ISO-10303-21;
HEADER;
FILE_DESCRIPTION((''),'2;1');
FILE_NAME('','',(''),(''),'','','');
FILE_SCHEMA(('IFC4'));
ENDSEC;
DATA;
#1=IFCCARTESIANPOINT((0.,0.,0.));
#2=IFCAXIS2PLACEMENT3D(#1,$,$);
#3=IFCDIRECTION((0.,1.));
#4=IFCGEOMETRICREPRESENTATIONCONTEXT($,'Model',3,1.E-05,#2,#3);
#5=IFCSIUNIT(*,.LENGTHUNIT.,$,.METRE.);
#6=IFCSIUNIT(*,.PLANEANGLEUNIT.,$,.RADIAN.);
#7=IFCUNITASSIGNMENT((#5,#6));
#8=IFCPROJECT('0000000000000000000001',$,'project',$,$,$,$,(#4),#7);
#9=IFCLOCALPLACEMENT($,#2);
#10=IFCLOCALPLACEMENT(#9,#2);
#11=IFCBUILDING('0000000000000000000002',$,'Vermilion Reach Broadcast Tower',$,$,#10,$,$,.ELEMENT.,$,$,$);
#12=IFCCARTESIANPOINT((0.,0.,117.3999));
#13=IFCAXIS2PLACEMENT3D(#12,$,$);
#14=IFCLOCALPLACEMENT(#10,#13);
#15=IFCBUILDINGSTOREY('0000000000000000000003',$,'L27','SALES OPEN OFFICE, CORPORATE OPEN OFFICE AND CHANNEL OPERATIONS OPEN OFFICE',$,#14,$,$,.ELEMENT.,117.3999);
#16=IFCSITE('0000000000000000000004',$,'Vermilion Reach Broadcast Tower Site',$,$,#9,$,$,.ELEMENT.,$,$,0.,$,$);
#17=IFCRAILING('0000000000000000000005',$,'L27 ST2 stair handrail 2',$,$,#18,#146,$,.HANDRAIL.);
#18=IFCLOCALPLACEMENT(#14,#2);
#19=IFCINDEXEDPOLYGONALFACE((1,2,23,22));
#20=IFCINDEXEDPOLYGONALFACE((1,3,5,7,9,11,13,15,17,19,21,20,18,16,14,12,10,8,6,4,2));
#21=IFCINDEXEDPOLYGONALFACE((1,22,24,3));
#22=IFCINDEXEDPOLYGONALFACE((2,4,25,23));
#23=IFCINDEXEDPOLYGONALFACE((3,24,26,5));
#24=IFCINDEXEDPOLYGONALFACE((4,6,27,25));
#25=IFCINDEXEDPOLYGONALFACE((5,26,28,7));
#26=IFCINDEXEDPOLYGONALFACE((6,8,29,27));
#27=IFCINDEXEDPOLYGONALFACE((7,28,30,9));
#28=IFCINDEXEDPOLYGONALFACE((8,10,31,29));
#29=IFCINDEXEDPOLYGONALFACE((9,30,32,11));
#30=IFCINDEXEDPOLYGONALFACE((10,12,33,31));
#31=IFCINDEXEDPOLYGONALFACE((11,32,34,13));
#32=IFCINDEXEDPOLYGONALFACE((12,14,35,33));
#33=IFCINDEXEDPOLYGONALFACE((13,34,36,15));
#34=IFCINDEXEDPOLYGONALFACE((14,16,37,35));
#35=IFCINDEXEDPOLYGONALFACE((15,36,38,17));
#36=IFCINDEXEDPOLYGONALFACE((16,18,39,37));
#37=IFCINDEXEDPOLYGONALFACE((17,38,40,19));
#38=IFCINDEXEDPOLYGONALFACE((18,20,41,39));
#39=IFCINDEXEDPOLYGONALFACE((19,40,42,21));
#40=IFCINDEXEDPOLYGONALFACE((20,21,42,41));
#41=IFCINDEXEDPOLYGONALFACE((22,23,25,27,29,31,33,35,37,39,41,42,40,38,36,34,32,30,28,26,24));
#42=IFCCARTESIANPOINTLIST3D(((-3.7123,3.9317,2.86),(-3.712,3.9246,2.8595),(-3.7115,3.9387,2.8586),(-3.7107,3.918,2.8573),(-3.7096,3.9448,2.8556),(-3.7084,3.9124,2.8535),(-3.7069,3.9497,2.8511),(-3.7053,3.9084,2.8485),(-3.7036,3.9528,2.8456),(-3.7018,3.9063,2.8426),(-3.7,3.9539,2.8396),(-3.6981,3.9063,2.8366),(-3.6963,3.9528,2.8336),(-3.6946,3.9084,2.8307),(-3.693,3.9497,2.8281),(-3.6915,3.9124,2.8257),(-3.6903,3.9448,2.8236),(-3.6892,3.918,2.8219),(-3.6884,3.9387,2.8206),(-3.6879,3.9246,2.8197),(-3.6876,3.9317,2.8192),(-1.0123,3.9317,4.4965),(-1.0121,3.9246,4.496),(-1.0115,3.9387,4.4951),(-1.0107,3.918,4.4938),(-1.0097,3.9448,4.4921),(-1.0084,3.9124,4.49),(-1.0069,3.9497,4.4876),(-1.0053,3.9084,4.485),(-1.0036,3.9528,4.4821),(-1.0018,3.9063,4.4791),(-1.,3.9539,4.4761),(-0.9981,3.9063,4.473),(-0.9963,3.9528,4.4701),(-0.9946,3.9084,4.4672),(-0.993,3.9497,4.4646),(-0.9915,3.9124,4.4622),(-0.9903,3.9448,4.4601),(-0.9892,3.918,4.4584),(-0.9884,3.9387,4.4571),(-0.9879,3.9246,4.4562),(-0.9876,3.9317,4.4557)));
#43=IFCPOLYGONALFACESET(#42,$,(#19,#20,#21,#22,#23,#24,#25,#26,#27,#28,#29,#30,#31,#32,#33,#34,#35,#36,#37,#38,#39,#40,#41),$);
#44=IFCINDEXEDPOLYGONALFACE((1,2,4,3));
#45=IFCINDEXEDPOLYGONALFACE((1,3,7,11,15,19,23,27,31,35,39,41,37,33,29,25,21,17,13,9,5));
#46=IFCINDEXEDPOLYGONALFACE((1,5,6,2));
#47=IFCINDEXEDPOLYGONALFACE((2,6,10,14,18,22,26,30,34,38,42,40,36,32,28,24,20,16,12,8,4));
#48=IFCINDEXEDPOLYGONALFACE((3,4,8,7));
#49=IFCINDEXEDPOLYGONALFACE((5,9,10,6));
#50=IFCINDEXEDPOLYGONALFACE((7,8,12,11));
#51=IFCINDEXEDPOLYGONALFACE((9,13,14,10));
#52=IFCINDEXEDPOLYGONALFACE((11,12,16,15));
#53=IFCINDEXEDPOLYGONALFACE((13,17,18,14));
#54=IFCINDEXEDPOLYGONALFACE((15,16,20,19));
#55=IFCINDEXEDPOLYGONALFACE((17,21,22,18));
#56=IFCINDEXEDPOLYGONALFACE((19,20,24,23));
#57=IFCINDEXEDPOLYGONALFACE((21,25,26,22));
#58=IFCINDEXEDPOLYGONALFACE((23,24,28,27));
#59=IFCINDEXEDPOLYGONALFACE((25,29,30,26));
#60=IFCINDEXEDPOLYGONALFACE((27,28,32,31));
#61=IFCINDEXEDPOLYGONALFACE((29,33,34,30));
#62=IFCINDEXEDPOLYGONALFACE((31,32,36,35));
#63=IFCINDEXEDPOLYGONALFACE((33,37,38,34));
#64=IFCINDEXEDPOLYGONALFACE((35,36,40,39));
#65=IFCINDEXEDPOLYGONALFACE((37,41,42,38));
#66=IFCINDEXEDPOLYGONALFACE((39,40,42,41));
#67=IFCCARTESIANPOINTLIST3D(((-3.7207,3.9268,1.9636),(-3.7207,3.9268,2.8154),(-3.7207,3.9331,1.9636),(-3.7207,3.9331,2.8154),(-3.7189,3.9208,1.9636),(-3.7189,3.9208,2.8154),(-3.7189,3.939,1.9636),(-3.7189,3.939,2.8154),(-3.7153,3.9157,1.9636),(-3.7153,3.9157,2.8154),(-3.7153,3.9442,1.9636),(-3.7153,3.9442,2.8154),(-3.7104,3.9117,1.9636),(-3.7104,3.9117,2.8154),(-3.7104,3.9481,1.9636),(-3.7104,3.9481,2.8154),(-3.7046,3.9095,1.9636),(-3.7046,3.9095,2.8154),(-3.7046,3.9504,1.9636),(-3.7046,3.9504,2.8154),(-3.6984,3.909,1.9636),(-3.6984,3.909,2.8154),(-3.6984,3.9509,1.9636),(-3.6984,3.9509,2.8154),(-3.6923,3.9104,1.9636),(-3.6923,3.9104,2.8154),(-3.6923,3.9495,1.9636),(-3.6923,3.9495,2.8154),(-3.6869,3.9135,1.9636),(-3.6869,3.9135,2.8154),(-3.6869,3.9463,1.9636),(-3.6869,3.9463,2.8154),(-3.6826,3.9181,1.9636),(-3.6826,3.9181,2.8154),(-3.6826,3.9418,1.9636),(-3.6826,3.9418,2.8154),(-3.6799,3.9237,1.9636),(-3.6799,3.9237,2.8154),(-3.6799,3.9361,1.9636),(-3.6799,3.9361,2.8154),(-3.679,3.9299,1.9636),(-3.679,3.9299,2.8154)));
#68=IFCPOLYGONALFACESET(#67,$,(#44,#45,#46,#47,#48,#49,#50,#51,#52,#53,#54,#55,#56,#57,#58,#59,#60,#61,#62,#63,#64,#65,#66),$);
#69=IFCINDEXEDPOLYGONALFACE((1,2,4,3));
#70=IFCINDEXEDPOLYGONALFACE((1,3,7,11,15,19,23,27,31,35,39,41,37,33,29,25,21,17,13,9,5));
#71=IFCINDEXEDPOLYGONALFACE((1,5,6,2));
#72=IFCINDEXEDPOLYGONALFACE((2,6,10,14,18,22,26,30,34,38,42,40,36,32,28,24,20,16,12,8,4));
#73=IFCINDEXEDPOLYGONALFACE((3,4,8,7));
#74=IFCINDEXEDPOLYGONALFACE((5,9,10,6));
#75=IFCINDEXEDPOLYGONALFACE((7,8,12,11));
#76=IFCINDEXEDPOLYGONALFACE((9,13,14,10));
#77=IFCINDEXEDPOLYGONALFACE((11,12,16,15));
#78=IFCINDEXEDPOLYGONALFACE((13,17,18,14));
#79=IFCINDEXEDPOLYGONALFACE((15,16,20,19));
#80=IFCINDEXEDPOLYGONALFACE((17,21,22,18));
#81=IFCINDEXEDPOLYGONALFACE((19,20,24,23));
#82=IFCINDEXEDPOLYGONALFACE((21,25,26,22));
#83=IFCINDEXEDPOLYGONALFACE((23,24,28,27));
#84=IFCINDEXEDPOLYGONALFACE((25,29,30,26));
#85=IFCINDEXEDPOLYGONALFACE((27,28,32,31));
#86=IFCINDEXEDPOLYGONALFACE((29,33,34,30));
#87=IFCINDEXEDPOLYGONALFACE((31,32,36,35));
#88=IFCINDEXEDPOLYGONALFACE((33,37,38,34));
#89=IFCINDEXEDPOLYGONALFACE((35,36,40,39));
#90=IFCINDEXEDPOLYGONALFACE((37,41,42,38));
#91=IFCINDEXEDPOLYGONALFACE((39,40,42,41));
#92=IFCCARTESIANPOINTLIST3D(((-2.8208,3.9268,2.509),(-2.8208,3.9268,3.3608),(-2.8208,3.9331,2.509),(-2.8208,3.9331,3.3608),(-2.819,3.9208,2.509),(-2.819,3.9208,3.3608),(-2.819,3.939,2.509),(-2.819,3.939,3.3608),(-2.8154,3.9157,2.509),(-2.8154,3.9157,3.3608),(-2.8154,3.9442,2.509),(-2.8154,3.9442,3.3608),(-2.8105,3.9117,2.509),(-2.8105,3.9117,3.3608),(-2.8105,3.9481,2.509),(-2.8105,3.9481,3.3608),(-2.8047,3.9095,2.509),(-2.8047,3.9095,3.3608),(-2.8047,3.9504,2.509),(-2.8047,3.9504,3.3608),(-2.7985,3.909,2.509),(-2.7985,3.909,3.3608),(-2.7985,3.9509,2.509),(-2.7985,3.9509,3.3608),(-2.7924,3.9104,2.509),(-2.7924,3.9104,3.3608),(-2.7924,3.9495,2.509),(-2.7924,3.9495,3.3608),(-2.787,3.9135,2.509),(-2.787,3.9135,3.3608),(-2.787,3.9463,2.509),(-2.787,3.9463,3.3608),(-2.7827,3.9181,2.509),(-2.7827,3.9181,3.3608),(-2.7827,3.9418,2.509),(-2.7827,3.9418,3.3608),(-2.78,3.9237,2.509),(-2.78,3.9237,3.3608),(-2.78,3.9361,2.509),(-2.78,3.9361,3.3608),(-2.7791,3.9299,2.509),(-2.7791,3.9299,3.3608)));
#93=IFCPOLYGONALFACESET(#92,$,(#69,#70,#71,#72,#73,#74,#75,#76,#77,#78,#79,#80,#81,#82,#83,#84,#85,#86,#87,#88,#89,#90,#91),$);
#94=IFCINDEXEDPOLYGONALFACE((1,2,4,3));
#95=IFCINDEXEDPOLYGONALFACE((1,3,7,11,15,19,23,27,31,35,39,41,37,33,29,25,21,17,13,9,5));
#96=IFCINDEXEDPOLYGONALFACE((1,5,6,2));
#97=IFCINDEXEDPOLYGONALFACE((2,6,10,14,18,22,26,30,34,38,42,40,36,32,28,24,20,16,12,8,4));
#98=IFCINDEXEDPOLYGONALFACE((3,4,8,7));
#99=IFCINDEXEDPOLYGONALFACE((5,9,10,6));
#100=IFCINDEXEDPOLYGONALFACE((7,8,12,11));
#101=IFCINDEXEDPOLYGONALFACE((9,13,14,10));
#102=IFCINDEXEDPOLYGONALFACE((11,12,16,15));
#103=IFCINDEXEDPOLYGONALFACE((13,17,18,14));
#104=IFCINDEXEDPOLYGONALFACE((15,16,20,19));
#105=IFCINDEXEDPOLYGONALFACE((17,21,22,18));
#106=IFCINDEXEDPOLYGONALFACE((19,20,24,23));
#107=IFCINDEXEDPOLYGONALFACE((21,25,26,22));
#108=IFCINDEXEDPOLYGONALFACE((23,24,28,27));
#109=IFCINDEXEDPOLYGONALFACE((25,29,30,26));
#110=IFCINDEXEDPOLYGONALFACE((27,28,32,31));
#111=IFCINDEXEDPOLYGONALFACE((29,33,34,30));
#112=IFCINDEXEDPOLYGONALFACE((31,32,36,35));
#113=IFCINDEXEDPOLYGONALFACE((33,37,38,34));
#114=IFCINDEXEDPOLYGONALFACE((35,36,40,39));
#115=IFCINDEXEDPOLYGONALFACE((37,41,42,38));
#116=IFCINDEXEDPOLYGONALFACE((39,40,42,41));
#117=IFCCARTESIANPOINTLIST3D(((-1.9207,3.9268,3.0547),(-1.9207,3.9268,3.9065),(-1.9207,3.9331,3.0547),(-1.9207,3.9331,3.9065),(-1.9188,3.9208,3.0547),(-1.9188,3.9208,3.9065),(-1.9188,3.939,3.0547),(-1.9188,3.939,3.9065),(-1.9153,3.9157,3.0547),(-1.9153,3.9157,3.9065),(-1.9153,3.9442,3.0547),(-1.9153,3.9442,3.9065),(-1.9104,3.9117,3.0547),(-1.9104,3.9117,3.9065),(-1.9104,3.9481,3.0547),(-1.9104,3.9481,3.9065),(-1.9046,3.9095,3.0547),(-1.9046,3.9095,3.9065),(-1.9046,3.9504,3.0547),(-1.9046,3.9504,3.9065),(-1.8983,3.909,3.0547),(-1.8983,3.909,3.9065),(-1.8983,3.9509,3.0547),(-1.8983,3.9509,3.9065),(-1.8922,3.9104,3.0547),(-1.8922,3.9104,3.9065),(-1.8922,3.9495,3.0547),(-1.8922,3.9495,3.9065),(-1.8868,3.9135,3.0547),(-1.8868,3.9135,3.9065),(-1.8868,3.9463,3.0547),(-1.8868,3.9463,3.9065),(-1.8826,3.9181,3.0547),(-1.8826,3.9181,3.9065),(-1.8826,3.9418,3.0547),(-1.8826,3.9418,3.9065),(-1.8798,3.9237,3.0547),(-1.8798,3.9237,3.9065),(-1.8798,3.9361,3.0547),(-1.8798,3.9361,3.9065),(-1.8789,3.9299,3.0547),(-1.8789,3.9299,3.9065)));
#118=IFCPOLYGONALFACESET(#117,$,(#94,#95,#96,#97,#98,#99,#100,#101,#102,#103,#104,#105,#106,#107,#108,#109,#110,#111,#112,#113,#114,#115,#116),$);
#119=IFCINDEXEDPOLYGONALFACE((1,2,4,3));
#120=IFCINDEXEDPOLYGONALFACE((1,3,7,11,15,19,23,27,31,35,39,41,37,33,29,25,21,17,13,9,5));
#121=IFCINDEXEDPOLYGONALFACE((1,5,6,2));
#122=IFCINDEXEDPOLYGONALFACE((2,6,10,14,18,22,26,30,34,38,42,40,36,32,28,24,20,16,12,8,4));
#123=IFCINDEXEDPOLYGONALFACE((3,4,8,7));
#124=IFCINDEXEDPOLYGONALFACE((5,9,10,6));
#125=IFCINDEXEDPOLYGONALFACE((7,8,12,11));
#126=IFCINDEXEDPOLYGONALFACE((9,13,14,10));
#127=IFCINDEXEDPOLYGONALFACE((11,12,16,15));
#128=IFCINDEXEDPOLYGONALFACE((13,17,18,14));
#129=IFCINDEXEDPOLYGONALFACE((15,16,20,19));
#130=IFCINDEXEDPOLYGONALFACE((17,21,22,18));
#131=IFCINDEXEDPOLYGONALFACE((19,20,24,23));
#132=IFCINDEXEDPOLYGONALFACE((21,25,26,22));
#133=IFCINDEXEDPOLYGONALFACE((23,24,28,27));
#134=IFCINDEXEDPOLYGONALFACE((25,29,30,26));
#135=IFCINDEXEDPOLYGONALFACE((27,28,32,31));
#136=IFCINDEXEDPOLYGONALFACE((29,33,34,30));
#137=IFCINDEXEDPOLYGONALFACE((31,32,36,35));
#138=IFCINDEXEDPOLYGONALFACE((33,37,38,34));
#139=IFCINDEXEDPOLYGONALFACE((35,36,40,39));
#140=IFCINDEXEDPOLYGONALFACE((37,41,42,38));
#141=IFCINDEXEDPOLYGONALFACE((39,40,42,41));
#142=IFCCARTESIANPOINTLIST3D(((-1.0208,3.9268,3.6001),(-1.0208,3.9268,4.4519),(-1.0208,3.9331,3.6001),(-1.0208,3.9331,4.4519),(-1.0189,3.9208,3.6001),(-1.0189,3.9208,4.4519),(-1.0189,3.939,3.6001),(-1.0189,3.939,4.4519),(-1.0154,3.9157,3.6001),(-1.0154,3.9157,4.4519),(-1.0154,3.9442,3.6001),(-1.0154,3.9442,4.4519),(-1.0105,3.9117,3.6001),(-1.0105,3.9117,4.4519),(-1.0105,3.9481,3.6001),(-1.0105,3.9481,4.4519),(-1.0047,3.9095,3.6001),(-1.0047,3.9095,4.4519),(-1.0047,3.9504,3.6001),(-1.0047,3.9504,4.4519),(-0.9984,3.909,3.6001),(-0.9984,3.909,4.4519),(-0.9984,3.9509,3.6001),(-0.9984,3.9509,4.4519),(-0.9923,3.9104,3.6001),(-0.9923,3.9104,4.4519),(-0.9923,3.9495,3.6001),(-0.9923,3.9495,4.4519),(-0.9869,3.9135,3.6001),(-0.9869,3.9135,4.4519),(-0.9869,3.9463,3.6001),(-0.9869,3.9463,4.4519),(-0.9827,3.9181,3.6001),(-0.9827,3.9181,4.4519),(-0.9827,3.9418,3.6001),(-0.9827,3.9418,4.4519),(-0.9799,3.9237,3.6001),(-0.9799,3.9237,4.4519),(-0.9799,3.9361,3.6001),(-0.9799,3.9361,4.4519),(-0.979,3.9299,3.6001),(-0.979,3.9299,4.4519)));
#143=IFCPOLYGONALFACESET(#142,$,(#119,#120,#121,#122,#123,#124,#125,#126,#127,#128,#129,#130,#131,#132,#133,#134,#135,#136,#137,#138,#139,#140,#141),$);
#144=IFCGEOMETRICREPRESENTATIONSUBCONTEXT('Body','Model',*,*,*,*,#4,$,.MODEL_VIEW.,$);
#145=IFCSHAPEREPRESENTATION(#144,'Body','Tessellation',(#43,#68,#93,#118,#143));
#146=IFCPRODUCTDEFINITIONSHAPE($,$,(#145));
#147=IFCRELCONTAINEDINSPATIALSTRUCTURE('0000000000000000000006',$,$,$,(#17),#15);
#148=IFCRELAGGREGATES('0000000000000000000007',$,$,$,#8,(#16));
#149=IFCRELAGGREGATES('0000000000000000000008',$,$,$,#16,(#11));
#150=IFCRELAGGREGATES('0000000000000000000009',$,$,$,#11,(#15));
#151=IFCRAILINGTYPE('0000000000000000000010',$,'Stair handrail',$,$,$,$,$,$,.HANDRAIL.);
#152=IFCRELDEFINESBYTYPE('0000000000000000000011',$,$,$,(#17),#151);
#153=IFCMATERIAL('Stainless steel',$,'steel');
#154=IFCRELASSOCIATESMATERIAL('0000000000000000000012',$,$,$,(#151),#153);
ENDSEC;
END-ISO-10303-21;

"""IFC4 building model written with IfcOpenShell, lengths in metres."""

from ifc_helpers import new_model, si_unit, direction, frame, origin, origin_2d, place, context, subcontext, project, spatial, circle, extrude, material, type_object, element, save


model = new_model("IFC4")

# Units and contexts
model_context = context("Model", 3, precision=1e-05, world=origin(), true_north=direction((0.0, 1.0)))
body_context = subcontext(model_context, "Body", "Model", "MODEL_VIEW")
ifc_project = project(units=[si_unit("LENGTHUNIT", "METRE"), si_unit("PLANEANGLEUNIT", "RADIAN")], contexts=[model_context])

# Site, building, storey
site_placement = place(None, origin())
site = spatial("IfcSite", under=ifc_project, at=site_placement, Name="Vermilion Reach Broadcast Tower Site", CompositionType="ELEMENT", RefElevation=0.0)
building_placement = place(site_placement, origin())
building = spatial("IfcBuilding", under=site, at=building_placement, Name="Vermilion Reach Broadcast Tower", CompositionType="ELEMENT")
storey_placement = place(building_placement, frame((0.0, 0.0, 117.3999)))
storey = spatial("IfcBuildingStorey", under=building, at=storey_placement, Name="L27", Description="SALES OPEN OFFICE, CORPORATE OPEN OFFICE AND CHANNEL OPERATIONS OPEN OFFICE", CompositionType="ELEMENT", Elevation=117.3999)

# Railing
ifc_material_1 = material(Name="Stainless steel", Category="steel")
railing_type_1 = type_object("IfcRailingType", Name="Stair handrail", PredefinedType="HANDRAIL", material=ifc_material_1)
railing_1_placement = place(storey_placement, frame((-3.7, 3.9299, 1.9636)))
element("IfcRailing", 1, at=railing_1_placement, inside=storey, type_object=railing_type_1, Name="L27 ST2 stair handrail 2", PredefinedType="HANDRAIL", context=body_context, shape_type="SweptSolid", body=[
    extrude(circle(Radius=0.0239, at=origin_2d()), frame((0.0, 0.0, 0.876), z_axis=(0.855178, 0.0, 0.518334), x_axis=(0.0, 1.0, 0.0)), (0.0, 0.0, 1.0), 3.1572),
    extrude(circle(Radius=0.021, at=origin_2d()), origin(), (0.0, 0.0, 1.0), 0.8518),
    extrude(circle(Radius=0.021, at=origin_2d()), frame((0.8999, 0.0, 0.5454)), (0.0, 0.0, 1.0), 0.8518),
    extrude(circle(Radius=0.021, at=origin_2d()), frame((1.8, 0.0, 1.0911)), (0.0, 0.0, 1.0), 0.8518),
    extrude(circle(Radius=0.021, at=origin_2d()), frame((2.7, 0.0, 1.6365)), (0.0, 0.0, 1.0), 0.8518),
])

save(model, "model.ifc")
